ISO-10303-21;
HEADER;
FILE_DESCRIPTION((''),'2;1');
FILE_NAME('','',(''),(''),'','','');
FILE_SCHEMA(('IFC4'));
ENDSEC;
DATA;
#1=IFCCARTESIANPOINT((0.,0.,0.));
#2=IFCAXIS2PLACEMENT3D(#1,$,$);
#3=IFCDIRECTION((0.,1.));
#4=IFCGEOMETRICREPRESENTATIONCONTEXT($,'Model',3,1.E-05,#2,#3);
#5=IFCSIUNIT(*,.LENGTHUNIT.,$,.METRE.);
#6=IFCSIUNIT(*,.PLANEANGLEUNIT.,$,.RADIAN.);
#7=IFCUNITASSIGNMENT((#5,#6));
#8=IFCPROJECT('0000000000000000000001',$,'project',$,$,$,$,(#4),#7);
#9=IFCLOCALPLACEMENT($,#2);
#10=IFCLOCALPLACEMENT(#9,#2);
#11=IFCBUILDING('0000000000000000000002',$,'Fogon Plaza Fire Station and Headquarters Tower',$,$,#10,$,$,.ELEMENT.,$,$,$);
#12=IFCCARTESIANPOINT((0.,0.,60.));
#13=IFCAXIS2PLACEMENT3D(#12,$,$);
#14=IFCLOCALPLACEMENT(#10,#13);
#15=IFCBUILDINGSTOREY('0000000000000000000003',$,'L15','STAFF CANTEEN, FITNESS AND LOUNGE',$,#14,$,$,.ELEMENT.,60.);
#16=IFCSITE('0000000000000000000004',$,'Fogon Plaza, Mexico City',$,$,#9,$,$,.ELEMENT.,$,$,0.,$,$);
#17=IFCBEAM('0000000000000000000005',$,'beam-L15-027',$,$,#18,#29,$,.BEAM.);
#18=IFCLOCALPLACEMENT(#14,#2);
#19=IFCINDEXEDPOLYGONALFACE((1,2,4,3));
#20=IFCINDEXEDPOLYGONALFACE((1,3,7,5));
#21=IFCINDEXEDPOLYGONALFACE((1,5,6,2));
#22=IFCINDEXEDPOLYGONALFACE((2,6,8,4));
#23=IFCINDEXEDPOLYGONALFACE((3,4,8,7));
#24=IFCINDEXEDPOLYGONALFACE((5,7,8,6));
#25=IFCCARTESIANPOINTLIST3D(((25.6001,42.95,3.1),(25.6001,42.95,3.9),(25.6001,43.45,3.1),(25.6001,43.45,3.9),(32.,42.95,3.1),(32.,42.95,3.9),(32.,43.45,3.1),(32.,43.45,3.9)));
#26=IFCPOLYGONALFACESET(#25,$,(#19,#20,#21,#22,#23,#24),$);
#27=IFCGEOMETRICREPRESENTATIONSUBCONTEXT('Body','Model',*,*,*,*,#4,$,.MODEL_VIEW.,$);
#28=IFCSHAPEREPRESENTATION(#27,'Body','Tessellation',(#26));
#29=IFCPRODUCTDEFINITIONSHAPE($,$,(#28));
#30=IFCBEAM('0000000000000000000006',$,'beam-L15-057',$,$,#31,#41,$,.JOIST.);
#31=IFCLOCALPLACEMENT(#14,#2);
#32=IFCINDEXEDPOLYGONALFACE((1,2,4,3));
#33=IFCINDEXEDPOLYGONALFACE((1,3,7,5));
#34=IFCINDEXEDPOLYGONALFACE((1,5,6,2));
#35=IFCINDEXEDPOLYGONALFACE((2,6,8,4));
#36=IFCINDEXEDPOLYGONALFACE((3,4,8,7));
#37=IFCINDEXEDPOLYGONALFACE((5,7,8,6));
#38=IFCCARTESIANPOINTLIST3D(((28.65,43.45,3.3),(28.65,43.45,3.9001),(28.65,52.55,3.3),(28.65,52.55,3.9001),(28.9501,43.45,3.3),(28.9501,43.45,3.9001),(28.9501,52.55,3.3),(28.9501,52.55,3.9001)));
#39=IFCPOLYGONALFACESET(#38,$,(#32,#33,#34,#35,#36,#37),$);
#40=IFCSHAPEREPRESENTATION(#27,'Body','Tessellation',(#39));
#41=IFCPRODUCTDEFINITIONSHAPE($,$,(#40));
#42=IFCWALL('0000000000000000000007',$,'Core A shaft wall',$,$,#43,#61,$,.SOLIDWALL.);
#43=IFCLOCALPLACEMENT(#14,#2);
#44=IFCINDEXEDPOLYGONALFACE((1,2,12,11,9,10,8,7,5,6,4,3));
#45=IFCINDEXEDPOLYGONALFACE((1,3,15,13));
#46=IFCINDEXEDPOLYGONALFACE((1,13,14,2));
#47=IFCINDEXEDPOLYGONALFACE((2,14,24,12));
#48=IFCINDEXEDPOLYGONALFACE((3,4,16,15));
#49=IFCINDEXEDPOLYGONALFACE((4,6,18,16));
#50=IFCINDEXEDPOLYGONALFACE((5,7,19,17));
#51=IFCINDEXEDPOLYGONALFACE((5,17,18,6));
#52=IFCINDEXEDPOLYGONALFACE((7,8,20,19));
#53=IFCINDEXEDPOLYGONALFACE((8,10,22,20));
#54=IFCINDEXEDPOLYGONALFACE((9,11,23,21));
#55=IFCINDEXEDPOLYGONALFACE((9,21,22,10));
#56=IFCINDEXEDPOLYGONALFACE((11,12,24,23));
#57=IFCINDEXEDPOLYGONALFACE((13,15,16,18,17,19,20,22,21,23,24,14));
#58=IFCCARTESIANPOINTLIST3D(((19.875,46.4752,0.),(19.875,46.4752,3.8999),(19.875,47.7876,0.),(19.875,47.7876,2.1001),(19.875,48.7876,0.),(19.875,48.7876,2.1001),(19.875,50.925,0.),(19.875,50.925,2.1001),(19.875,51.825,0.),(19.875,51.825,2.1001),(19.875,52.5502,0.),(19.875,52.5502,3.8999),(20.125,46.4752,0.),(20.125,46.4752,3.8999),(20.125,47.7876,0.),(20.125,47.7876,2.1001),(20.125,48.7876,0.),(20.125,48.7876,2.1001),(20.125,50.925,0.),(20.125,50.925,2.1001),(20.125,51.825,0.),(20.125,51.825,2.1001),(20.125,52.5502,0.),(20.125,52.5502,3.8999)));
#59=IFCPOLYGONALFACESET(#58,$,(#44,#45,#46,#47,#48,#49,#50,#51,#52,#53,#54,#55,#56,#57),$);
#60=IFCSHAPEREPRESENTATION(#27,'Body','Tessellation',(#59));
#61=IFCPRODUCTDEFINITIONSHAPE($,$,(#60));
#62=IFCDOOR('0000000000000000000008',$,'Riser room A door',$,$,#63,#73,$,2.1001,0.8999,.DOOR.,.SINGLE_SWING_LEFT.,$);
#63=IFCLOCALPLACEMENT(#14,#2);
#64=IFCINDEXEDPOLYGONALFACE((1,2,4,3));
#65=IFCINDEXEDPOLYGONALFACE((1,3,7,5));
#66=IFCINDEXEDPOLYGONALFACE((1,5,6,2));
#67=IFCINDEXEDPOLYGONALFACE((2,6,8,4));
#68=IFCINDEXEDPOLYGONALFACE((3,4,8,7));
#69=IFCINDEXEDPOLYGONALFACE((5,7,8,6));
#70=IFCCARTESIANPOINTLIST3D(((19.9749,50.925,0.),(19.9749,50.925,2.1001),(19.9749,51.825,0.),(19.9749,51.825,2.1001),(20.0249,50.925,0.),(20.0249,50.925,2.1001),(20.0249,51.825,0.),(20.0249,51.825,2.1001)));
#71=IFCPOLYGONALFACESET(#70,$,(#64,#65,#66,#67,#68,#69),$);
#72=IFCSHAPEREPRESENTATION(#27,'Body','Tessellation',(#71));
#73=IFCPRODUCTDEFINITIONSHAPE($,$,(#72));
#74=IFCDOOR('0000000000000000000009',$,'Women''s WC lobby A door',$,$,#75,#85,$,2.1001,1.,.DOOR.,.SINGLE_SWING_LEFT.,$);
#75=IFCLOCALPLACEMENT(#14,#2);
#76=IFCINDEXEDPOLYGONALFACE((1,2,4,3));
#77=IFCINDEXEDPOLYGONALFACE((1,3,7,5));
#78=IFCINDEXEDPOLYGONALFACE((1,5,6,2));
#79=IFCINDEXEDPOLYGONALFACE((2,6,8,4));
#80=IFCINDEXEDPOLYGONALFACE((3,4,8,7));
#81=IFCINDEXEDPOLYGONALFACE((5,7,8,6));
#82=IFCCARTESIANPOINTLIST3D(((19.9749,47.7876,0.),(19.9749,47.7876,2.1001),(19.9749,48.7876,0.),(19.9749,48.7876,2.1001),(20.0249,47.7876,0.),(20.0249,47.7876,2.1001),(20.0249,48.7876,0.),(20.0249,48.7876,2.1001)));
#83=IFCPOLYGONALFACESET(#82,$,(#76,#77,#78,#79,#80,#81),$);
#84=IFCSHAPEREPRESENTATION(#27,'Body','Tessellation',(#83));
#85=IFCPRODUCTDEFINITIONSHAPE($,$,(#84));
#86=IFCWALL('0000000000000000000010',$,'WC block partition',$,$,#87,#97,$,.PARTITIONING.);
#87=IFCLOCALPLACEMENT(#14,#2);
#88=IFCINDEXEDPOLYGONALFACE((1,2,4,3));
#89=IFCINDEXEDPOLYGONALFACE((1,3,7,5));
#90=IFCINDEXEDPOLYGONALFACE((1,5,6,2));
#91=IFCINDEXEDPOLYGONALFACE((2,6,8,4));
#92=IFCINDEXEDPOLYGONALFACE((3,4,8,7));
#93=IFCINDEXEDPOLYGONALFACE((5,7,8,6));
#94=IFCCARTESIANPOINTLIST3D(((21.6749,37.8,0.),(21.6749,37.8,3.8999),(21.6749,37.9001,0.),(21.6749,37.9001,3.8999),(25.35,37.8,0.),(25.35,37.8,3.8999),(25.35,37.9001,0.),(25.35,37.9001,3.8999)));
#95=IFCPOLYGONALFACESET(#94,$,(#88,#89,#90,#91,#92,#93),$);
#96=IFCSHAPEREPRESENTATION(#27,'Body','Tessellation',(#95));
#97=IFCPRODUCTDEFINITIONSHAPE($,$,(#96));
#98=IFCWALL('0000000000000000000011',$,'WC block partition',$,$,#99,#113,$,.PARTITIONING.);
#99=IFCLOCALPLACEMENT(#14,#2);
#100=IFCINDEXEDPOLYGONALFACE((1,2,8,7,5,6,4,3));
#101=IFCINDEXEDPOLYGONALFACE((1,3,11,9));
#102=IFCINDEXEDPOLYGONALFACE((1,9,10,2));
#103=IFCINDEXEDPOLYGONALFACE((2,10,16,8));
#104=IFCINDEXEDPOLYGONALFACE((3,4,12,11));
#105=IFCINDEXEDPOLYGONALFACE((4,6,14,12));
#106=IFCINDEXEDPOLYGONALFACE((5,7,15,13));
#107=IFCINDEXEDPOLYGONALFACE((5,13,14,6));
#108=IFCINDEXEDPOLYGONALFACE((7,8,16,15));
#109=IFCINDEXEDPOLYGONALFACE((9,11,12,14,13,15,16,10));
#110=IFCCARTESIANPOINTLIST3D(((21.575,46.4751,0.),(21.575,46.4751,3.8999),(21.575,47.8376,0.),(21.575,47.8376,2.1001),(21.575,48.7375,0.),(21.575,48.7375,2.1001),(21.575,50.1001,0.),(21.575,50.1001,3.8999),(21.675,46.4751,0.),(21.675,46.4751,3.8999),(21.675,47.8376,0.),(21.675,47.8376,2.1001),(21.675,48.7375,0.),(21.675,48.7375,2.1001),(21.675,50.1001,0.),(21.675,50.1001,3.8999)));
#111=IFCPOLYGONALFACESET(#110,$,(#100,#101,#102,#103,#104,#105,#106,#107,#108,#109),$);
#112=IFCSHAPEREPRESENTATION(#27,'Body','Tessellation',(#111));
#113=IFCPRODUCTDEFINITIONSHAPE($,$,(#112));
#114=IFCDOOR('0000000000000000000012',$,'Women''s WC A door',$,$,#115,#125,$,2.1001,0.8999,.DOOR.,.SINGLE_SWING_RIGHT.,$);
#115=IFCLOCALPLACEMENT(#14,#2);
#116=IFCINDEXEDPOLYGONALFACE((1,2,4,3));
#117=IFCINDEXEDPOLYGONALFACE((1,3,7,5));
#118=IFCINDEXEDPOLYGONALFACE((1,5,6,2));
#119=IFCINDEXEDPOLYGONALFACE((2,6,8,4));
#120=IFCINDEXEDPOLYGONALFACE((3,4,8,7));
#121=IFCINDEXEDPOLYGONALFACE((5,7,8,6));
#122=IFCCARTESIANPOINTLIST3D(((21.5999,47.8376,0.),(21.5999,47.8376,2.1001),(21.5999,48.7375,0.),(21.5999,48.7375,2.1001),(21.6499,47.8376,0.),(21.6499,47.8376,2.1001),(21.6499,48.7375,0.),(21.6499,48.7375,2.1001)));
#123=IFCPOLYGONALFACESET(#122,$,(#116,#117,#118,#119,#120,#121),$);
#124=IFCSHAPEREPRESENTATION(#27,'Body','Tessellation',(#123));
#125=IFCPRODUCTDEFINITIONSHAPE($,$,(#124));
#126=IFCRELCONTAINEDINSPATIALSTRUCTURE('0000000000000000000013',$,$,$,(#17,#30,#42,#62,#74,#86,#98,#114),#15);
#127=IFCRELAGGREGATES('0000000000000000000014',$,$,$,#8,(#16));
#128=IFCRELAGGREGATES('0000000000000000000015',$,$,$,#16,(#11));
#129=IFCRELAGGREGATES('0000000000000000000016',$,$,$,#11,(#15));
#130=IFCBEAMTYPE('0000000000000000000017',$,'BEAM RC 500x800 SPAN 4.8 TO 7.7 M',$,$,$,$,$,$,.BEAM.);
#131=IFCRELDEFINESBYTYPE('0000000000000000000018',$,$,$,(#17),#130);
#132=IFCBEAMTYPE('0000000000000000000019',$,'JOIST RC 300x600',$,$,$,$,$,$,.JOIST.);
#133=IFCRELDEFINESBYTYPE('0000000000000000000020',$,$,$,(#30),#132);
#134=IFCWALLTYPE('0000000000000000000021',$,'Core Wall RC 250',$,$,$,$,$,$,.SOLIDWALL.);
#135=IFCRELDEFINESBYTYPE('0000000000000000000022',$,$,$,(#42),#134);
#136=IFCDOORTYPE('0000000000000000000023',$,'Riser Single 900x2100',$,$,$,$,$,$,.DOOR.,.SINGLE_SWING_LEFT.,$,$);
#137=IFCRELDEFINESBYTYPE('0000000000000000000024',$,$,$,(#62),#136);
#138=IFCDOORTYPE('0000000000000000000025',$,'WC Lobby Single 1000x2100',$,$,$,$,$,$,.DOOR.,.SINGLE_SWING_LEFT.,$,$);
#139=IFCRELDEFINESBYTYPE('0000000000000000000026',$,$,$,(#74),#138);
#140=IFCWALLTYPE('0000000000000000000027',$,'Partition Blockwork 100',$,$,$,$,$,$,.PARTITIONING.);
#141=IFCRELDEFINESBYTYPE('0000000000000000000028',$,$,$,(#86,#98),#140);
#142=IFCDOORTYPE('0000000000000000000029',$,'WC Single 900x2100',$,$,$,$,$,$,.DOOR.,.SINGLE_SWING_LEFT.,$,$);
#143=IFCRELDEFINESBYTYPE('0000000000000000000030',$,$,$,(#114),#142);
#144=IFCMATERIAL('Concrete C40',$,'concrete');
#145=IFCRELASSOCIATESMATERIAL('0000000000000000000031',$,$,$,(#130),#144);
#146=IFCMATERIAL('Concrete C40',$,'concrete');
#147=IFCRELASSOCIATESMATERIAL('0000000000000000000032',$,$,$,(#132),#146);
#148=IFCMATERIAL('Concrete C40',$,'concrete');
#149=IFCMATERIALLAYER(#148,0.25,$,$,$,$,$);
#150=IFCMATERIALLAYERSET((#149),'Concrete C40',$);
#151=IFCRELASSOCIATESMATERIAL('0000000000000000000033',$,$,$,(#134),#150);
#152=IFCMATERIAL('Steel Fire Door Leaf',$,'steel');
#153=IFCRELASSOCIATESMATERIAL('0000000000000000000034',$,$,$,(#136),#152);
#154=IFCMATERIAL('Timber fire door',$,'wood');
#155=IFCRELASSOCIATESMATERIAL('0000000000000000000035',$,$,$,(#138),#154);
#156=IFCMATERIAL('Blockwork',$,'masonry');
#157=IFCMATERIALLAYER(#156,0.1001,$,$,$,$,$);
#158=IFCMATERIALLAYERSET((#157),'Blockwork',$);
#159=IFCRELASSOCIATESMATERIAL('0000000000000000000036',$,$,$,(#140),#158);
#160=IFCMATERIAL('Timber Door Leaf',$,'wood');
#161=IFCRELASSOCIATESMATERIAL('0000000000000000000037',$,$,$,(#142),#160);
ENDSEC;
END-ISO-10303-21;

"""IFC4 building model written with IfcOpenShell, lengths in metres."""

from ifc_helpers import new_model, si_unit, direction, frame, frame_2d, origin, origin_2d, place, context, subcontext, project, spatial, rectangle, extrude, material, layer, layer_set, material_profile, profile_set, type_object, element, fill, save


model = new_model("IFC4")

# Units and contexts
model_context = context("Model", 3, precision=1e-05, world=origin(), true_north=direction((0.0, 1.0)))
body_context = subcontext(model_context, "Body", "Model", "MODEL_VIEW")
ifc_project = project(units=[si_unit("LENGTHUNIT", "METRE"), si_unit("PLANEANGLEUNIT", "RADIAN")], contexts=[model_context])

# Site, building, storey
site_placement = place(None, origin())
site = spatial("IfcSite", under=ifc_project, at=site_placement, Name="Fogon Plaza, Mexico City", CompositionType="ELEMENT", RefElevation=0.0)
building_placement = place(site_placement, origin())
building = spatial("IfcBuilding", under=site, at=building_placement, Name="Fogon Plaza Fire Station and Headquarters Tower", CompositionType="ELEMENT")
storey_placement = place(building_placement, frame((0.0, 0.0, 60.0)))
storey = spatial("IfcBuildingStorey", under=building, at=storey_placement, Name="L15", Description="STAFF CANTEEN, FITNESS AND LOUNGE", CompositionType="ELEMENT", Elevation=60.0)

# Beams
ifc_material_1 = material(Name="Concrete C40", Category="concrete")
ifc_material_profile_1 = material_profile(ifc_material_1, rectangle(XDim=0.5, YDim=0.8, at=origin_2d()), Name="RC 500x800")
ifc_profile_set_1 = profile_set([ifc_material_profile_1], Name="Concrete C40")
beam_type_1 = type_object("IfcBeamType", Name="BEAM RC 500x800 SPAN 4.8 TO 7.7 M", PredefinedType="BEAM", material=ifc_profile_set_1)
beam_1_placement = place(storey_placement, frame((25.6001, 43.2, 3.5), z_axis=(1.0, 0.0, 0.0), x_axis=(0.0, 1.0, 0.0)))
element("IfcBeam", 1, at=beam_1_placement, inside=storey, type_object=beam_type_1, Name="beam-L15-027", PredefinedType="BEAM", context=body_context, shape_type="SweptSolid", body=[
    extrude(rectangle(XDim=0.5, YDim=0.8, at=origin_2d()), origin(), (0.0, 0.0, 1.0), 6.3999),
])
ifc_material_2 = material(Name="Concrete C40", Category="concrete")
ifc_material_profile_2 = material_profile(ifc_material_2, rectangle(XDim=0.3, YDim=0.6001, at=origin_2d()), Name="RC 300x600")
ifc_profile_set_2 = profile_set([ifc_material_profile_2], Name="Concrete C40")
beam_type_2 = type_object("IfcBeamType", Name="JOIST RC 300x600", PredefinedType="JOIST", material=ifc_profile_set_2)
beam_2_placement = place(storey_placement, frame((28.8, 43.45, 3.6001), z_axis=(0.0, 1.0, 0.0), x_axis=(-1.0, 0.0, 0.0)))
element("IfcBeam", 2, at=beam_2_placement, inside=storey, type_object=beam_type_2, Name="beam-L15-057", PredefinedType="JOIST", context=body_context, shape_type="SweptSolid", body=[
    extrude(rectangle(XDim=0.3, YDim=0.6001, at=origin_2d()), origin(), (0.0, 0.0, 1.0), 9.1001),
])

# Wall, openings, doors
ifc_material_3 = material(Name="Concrete C40", Category="concrete")
ifc_layer_1 = layer(ifc_material_3, 0.25)
ifc_layer_set_1 = layer_set([ifc_layer_1], Name="Concrete C40")
wall_type_1 = type_object("IfcWallType", Name="Core Wall RC 250", PredefinedType="SOLIDWALL", material=ifc_layer_set_1)
wall_1_placement = place(storey_placement, frame((20.0, 46.4751, 0.0), z_axis=(0.0, 0.0, 1.0), x_axis=(0.0, 1.0, 0.0)))
wall_1 = element("IfcWall", 3, at=wall_1_placement, inside=storey, type_object=wall_type_1, Name="Core A shaft wall", PredefinedType="SOLIDWALL", context=body_context, shape_type="SweptSolid", body=[
    extrude(rectangle(XDim=6.075, YDim=0.25, at=frame_2d((3.0376, 0.0))), origin(), (0.0, 0.0, 1.0), 3.8999),
])
opening_1_placement = place(wall_1_placement, frame((1.3125, 0.0, 0.0)))
opening_1 = element("IfcOpeningElement", 4, at=opening_1_placement, cuts=wall_1, PredefinedType="OPENING", context=body_context, shape_type="SweptSolid", body=[
    extrude(rectangle(XDim=1.0, YDim=2.1001, at=frame_2d((0.5, 1.05))), frame((0.0, 0.135, 0.0), z_axis=(0.0, -1.0, 0.0), x_axis=(1.0, 0.0, 0.0)), (0.0, 0.0, 1.0), 0.27),
])
opening_2_placement = place(wall_1_placement, frame((4.45, 0.0, 0.0)))
opening_2 = element("IfcOpeningElement", 5, at=opening_2_placement, cuts=wall_1, PredefinedType="OPENING", context=body_context, shape_type="SweptSolid", body=[
    extrude(rectangle(XDim=0.8999, YDim=2.1001, at=frame_2d((0.45, 1.05))), frame((0.0, 0.135, 0.0), z_axis=(0.0, -1.0, 0.0), x_axis=(1.0, 0.0, 0.0)), (0.0, 0.0, 1.0), 0.27),
])
ifc_material_4 = material(Name="Steel Fire Door Leaf", Category="steel")
door_type_1 = type_object("IfcDoorType", Name="Riser Single 900x2100", OperationType="SINGLE_SWING_LEFT", PredefinedType="DOOR", material=ifc_material_4)
door_1_placement = place(opening_2_placement, frame((0.8999, 0.0, 0.0), z_axis=(0.0, 0.0, 1.0), x_axis=(-1.0, 0.0, 0.0)))
door_1 = element("IfcDoor", 6, at=door_1_placement, inside=storey, type_object=door_type_1, Name="Riser room A door", OperationType="SINGLE_SWING_LEFT", OverallHeight=2.1001, OverallWidth=0.8999, PredefinedType="DOOR", context=body_context, shape_type="SweptSolid", body=[
    extrude(rectangle(XDim=0.8999, YDim=2.1001, at=frame_2d((0.45, 1.05))), frame((0.0, 0.0249, 0.0), z_axis=(0.0, -1.0, 0.0), x_axis=(1.0, 0.0, 0.0)), (0.0, 0.0, 1.0), 0.05),
])
fill(opening_2, door_1)
ifc_material_5 = material(Name="Timber fire door", Category="wood")
door_type_2 = type_object("IfcDoorType", Name="WC Lobby Single 1000x2100", OperationType="SINGLE_SWING_LEFT", PredefinedType="DOOR", material=ifc_material_5)
door_2_placement = place(opening_1_placement, frame((1.0, 0.0, 0.0), z_axis=(0.0, 0.0, 1.0), x_axis=(-1.0, 0.0, 0.0)))
door_2 = element("IfcDoor", 7, at=door_2_placement, inside=storey, type_object=door_type_2, Name="Women's WC lobby A door", OperationType="SINGLE_SWING_LEFT", OverallHeight=2.1001, OverallWidth=1.0, PredefinedType="DOOR", context=body_context, shape_type="SweptSolid", body=[
    extrude(rectangle(XDim=1.0, YDim=2.1001, at=frame_2d((0.5, 1.05))), frame((0.0, 0.0249, 0.0), z_axis=(0.0, -1.0, 0.0), x_axis=(1.0, 0.0, 0.0)), (0.0, 0.0, 1.0), 0.05),
])
fill(opening_1, door_2)

# Wall
ifc_material_6 = material(Name="Blockwork", Category="masonry")
ifc_layer_2 = layer(ifc_material_6, 0.1001)
ifc_layer_set_2 = layer_set([ifc_layer_2], Name="Blockwork")
wall_type_2 = type_object("IfcWallType", Name="Partition Blockwork 100", PredefinedType="PARTITIONING", material=ifc_layer_set_2)
wall_2_placement = place(storey_placement, frame((21.675, 37.8501, 0.0), z_axis=(0.0, 0.0, 1.0), x_axis=(1.0, 0.0, 0.0)))
element("IfcWall", 8, at=wall_2_placement, inside=storey, type_object=wall_type_2, Name="WC block partition", PredefinedType="PARTITIONING", context=body_context, shape_type="SweptSolid", body=[
    extrude(rectangle(XDim=3.675, YDim=0.1001, at=frame_2d((1.8374, 0.0))), origin(), (0.0, 0.0, 1.0), 3.8999),
])

# Wall, opening, door
wall_3_placement = place(storey_placement, frame((21.625, 46.4751, 0.0), z_axis=(0.0, 0.0, 1.0), x_axis=(0.0, 1.0, 0.0)))
wall_3 = element("IfcWall", 9, at=wall_3_placement, inside=storey, type_object=wall_type_2, Name="WC block partition", PredefinedType="PARTITIONING", context=body_context, shape_type="SweptSolid", body=[
    extrude(rectangle(XDim=3.625, YDim=0.1001, at=frame_2d((1.8125, 0.0))), origin(), (0.0, 0.0, 1.0), 3.8999),
])
opening_3_placement = place(wall_3_placement, frame((1.3625, 0.0, 0.0)))
opening_3 = element("IfcOpeningElement", 10, at=opening_3_placement, cuts=wall_3, PredefinedType="OPENING", context=body_context, shape_type="SweptSolid", body=[
    extrude(rectangle(XDim=0.8999, YDim=2.1001, at=frame_2d((0.45, 1.05))), frame((0.0, 0.0601, 0.0), z_axis=(0.0, -1.0, 0.0), x_axis=(1.0, 0.0, 0.0)), (0.0, 0.0, 1.0), 0.1201),
])
ifc_material_7 = material(Name="Timber Door Leaf", Category="wood")
door_type_3 = type_object("IfcDoorType", Name="WC Single 900x2100", OperationType="SINGLE_SWING_LEFT", PredefinedType="DOOR", material=ifc_material_7)
door_3_placement = place(opening_3_placement, frame((0.8999, 0.0, 0.0), z_axis=(0.0, 0.0, 1.0), x_axis=(-1.0, 0.0, 0.0)))
door_3 = element("IfcDoor", 11, at=door_3_placement, inside=storey, type_object=door_type_3, Name="Women's WC A door", OperationType="SINGLE_SWING_RIGHT", OverallHeight=2.1001, OverallWidth=0.8999, PredefinedType="DOOR", context=body_context, shape_type="SweptSolid", body=[
    extrude(rectangle(XDim=0.8999, YDim=2.1001, at=frame_2d((0.45, 1.05))), frame((0.0, 0.0249, 0.0), z_axis=(0.0, -1.0, 0.0), x_axis=(1.0, 0.0, 0.0)), (0.0, 0.0, 1.0), 0.05),
])
fill(opening_3, door_3)

save(model, "model.ifc")
